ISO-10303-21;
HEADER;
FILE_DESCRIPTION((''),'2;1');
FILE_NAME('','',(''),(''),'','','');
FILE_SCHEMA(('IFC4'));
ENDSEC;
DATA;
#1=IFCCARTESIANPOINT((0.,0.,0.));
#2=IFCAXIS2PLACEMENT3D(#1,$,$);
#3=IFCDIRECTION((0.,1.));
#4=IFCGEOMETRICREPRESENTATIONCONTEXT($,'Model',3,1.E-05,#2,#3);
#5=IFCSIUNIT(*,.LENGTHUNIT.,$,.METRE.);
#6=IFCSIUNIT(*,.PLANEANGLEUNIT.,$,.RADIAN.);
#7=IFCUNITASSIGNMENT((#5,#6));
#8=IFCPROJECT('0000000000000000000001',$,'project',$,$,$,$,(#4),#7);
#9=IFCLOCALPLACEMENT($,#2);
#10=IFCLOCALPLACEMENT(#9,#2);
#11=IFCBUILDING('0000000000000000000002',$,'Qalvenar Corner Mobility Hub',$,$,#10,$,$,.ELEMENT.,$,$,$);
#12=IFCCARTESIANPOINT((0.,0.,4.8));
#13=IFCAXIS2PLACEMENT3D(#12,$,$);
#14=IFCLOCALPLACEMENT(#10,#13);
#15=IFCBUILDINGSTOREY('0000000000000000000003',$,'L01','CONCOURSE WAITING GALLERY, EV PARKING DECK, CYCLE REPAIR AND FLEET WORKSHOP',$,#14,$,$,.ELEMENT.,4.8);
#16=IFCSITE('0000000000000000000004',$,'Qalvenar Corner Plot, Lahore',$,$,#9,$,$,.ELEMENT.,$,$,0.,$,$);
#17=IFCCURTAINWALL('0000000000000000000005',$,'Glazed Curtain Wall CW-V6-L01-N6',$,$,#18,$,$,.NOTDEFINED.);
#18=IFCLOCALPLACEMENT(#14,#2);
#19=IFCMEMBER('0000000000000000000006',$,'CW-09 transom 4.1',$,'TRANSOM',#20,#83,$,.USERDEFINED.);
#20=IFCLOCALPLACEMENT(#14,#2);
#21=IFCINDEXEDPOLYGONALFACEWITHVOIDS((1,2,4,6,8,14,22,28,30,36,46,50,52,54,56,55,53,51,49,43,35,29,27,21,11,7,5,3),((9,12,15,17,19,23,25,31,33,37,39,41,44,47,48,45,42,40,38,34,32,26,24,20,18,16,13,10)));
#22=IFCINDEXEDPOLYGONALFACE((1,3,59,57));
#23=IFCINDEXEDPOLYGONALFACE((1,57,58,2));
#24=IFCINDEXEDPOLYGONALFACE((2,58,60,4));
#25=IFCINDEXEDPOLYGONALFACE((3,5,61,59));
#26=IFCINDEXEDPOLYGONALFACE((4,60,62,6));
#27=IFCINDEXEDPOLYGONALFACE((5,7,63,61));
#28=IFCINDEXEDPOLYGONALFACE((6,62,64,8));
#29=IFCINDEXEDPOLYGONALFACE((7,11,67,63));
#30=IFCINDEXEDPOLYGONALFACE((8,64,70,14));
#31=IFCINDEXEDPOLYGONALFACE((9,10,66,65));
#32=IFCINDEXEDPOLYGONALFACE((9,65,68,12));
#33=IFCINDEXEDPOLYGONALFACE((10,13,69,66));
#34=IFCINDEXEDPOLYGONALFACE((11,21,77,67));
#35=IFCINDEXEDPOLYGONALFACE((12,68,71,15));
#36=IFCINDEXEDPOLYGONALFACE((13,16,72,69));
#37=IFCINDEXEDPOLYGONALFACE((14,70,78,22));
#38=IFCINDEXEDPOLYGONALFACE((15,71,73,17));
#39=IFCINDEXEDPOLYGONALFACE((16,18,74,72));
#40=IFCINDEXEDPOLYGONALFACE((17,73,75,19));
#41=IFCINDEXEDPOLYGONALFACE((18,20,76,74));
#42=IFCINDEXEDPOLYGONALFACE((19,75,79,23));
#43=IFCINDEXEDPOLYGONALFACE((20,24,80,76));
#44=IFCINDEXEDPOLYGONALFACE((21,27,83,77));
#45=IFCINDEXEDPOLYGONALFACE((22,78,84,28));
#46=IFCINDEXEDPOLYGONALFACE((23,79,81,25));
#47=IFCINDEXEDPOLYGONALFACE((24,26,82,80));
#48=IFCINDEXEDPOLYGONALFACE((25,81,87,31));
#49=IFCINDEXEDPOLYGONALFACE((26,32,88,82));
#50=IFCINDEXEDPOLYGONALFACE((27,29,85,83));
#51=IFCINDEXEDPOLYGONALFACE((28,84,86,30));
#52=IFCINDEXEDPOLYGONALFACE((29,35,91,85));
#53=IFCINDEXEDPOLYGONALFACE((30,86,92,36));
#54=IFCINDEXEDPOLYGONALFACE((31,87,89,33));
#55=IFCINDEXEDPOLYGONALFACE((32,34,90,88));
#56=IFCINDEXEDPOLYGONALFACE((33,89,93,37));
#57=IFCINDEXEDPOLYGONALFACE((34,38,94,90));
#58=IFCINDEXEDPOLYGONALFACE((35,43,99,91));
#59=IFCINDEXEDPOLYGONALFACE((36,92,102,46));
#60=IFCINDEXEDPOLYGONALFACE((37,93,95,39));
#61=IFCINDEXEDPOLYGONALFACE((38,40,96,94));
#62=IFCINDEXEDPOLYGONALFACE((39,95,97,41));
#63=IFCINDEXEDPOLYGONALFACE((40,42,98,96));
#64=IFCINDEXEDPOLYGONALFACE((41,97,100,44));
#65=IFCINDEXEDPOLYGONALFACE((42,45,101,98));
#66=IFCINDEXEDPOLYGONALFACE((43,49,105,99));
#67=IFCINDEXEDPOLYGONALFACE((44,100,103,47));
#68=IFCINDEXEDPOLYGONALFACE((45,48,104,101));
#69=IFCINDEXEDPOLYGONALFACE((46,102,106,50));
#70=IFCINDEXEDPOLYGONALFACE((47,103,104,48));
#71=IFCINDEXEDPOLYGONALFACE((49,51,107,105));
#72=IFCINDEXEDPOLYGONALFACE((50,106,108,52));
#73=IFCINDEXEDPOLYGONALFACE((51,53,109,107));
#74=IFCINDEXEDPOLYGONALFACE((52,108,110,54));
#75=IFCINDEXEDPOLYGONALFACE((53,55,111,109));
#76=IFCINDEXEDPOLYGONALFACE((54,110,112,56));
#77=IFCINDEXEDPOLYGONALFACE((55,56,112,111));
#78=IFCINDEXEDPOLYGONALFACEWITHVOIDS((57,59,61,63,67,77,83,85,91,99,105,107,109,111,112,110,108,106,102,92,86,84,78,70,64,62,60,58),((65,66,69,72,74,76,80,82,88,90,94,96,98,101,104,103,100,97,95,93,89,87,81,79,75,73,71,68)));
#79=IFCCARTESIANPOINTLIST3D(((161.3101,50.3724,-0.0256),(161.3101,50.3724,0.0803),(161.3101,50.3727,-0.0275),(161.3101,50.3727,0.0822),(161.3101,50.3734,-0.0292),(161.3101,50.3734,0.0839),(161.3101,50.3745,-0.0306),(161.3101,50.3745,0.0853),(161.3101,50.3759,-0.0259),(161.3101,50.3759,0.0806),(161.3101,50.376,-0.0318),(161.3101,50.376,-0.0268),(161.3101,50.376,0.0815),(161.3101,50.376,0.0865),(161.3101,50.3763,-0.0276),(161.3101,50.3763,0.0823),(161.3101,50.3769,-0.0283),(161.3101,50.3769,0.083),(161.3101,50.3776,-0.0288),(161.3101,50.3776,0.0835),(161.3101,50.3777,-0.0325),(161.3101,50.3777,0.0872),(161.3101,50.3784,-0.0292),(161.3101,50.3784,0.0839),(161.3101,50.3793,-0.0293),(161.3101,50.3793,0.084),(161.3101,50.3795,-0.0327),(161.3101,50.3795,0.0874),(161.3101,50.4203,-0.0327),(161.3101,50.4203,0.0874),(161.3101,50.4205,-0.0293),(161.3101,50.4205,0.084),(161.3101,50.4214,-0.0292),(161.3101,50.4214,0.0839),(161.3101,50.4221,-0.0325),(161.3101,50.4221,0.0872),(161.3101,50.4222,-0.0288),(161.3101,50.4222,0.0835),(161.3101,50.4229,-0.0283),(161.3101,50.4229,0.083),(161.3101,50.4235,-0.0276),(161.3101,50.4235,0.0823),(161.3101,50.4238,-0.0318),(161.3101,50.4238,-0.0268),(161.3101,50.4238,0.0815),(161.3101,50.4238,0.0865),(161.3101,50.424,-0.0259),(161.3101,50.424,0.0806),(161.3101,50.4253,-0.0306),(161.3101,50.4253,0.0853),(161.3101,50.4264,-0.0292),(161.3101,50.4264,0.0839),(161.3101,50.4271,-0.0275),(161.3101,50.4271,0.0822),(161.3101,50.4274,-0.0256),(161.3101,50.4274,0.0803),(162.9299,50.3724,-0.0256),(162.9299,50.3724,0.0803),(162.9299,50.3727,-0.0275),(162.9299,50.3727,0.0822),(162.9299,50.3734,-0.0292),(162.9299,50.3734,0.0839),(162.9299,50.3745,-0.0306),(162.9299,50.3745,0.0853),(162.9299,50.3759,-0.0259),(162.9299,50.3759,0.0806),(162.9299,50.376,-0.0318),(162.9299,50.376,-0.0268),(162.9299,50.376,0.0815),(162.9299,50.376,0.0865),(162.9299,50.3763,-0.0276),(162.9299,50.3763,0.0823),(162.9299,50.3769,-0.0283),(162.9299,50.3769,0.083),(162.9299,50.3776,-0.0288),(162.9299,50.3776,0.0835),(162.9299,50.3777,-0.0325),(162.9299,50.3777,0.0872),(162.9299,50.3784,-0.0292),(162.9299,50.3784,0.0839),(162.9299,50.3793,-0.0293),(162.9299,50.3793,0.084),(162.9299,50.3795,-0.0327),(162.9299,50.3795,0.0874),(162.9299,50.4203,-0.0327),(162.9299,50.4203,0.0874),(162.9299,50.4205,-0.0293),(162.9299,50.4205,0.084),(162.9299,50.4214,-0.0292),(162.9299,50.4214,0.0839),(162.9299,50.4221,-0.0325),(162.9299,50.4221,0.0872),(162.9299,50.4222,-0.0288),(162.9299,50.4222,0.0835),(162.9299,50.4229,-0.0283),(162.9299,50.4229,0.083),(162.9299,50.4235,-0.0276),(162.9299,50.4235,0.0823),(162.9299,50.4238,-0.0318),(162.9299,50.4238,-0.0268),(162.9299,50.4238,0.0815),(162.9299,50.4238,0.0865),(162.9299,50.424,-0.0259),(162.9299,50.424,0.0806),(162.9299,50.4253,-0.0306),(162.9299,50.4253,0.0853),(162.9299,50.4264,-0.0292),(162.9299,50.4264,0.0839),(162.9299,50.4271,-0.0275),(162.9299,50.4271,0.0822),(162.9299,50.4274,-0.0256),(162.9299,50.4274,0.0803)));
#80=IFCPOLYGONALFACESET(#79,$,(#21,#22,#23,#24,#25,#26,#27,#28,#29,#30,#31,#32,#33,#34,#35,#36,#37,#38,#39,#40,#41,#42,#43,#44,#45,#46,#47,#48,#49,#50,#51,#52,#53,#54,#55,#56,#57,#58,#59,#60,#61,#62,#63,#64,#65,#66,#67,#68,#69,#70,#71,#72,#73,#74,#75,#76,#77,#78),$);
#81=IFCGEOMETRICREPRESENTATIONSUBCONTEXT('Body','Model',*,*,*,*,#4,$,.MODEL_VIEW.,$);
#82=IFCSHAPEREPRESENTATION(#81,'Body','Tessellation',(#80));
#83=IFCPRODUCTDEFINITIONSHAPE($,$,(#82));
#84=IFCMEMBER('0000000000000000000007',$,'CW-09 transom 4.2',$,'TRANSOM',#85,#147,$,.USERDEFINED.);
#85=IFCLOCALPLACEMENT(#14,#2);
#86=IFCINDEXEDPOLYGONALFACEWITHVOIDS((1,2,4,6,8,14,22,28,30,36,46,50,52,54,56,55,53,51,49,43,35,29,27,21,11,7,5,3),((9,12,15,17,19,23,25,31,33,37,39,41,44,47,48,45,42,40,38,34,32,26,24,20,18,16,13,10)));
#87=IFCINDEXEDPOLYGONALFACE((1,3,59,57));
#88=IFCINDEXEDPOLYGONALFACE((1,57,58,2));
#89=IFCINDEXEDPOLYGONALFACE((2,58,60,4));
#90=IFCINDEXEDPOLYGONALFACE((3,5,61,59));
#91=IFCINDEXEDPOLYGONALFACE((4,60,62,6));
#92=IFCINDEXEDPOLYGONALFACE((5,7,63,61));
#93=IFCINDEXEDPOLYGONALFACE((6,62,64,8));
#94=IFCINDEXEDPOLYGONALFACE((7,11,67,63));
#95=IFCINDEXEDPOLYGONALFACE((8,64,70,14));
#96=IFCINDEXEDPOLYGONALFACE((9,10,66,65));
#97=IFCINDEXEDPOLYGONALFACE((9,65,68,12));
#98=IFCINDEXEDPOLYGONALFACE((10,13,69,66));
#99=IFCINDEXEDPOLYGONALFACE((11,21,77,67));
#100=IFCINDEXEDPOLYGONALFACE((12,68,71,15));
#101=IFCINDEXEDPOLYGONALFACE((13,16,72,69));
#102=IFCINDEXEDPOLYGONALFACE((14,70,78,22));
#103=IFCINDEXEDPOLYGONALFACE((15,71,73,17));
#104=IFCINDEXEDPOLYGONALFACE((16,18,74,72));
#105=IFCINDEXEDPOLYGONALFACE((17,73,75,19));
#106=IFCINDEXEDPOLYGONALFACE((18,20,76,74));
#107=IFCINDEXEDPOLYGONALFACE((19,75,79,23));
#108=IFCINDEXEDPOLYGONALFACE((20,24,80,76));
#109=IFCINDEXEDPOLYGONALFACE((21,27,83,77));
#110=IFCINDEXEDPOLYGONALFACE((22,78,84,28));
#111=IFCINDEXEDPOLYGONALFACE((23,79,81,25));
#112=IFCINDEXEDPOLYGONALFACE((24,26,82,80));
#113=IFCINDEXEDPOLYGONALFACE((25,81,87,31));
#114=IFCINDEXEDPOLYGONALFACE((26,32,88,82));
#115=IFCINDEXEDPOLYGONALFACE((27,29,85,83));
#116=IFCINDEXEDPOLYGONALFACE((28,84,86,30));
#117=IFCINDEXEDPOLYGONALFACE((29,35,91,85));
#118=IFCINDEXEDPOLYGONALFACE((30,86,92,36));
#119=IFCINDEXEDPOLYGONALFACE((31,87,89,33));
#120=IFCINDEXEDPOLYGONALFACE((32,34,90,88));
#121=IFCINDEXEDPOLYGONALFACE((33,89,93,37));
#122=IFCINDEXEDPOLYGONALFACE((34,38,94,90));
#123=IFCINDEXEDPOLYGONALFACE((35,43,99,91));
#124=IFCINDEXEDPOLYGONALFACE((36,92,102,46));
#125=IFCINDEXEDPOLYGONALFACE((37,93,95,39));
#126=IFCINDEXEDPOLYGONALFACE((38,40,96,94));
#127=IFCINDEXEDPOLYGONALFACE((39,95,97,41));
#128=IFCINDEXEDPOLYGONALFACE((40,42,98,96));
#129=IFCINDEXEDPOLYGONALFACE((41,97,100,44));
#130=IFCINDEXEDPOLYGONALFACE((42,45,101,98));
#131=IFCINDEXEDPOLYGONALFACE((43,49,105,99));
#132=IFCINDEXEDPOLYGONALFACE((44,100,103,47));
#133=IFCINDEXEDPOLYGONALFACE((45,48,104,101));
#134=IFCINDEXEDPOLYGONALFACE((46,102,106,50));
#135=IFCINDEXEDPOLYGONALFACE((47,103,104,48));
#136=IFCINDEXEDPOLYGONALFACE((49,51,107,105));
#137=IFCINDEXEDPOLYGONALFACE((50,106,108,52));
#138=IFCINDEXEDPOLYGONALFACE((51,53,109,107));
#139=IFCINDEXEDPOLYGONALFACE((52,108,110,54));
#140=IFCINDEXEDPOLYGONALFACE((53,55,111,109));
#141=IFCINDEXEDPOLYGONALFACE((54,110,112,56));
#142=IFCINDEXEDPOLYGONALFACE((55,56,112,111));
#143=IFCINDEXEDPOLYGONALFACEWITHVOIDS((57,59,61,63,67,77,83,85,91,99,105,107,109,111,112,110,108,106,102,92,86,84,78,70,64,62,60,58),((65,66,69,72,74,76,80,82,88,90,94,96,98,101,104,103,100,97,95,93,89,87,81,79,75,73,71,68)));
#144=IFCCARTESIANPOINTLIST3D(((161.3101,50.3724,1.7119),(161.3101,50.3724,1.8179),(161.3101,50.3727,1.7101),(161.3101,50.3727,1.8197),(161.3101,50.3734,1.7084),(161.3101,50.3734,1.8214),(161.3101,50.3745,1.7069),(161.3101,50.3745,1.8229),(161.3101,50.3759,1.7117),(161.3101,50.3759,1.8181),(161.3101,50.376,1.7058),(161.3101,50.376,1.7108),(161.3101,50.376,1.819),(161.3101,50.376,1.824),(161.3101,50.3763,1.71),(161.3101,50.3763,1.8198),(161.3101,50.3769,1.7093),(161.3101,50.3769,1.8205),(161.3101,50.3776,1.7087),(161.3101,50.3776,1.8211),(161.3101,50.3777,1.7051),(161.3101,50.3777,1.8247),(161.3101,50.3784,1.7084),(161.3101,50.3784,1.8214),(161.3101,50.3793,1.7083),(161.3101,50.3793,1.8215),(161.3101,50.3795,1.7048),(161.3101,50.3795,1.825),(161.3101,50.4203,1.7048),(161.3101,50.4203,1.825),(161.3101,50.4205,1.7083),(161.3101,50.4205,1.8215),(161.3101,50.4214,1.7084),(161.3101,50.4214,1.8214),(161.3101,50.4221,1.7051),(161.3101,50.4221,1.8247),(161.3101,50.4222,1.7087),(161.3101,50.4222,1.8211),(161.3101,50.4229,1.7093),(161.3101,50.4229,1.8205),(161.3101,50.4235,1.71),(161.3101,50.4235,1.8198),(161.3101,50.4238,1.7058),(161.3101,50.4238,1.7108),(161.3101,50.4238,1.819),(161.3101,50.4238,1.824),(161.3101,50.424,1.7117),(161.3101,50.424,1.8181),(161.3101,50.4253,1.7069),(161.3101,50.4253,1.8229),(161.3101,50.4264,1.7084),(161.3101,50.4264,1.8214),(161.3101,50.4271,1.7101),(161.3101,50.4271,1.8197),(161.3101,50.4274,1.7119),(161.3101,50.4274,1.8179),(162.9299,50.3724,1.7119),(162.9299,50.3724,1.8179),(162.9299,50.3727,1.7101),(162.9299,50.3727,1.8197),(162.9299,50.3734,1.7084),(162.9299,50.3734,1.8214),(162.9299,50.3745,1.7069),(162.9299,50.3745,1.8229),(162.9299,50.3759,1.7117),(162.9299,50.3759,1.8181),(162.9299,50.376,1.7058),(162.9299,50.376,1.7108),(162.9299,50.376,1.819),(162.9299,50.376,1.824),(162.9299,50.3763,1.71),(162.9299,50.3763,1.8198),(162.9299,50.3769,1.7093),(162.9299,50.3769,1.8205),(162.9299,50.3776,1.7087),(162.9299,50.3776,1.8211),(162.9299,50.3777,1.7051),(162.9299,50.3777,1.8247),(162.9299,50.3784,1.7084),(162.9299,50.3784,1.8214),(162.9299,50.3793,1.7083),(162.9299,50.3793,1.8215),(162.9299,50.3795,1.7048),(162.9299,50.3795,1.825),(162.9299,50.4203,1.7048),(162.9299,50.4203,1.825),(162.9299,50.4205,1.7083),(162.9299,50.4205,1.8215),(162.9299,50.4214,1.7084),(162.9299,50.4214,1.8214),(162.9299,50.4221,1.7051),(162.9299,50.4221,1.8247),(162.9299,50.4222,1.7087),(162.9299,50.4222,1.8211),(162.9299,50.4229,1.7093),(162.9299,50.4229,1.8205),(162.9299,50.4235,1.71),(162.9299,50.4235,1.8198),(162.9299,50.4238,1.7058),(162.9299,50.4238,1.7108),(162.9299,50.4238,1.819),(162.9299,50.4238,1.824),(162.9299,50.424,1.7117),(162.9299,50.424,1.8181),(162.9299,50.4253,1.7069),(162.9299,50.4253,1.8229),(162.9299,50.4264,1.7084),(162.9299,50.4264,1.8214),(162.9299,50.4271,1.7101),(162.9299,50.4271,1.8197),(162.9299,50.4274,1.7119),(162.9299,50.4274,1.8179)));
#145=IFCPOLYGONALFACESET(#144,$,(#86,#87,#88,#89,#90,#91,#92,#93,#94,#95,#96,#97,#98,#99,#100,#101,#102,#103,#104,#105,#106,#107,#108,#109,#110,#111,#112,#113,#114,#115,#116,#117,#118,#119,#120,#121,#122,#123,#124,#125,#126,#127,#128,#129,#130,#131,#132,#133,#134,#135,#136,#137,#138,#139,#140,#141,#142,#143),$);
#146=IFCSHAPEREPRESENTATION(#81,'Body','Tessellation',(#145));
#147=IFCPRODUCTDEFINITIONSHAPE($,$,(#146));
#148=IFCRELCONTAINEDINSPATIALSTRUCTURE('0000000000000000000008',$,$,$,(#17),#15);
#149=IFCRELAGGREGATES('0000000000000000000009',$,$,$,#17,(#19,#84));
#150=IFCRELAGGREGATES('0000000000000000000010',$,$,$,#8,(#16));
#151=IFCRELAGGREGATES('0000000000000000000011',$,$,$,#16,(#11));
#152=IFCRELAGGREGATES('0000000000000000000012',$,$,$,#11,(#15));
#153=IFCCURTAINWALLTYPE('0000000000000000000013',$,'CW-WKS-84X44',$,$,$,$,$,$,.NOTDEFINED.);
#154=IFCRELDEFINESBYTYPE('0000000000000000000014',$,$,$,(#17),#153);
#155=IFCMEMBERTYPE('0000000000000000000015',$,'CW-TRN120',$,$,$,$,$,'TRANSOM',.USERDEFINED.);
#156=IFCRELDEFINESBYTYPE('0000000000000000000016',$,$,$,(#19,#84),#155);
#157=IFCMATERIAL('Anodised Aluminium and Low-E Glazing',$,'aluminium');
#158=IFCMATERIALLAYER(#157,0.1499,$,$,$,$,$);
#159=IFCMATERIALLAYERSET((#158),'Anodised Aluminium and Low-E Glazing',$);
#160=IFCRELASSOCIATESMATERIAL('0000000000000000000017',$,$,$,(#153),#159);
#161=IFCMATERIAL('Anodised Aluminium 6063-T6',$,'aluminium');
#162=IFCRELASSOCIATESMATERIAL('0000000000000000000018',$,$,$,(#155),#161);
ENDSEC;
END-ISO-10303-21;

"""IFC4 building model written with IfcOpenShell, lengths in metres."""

from ifc_helpers import new_model, si_unit, direction, frame, origin, origin_2d, place, context, subcontext, project, spatial, hollow_rectangle, extrude, material, layer, layer_set, material_profile, profile_set, type_object, element, aggregate, save


model = new_model("IFC4")

# Units and contexts
model_context = context("Model", 3, precision=1e-05, world=origin(), true_north=direction((0.0, 1.0)))
body_context = subcontext(model_context, "Body", "Model", "MODEL_VIEW")
ifc_project = project(units=[si_unit("LENGTHUNIT", "METRE"), si_unit("PLANEANGLEUNIT", "RADIAN")], contexts=[model_context])

# Site, building, storey
site_placement = place(None, origin())
site = spatial("IfcSite", under=ifc_project, at=site_placement, Name="Qalvenar Corner Plot, Lahore", CompositionType="ELEMENT", RefElevation=0.0)
building_placement = place(site_placement, origin())
building = spatial("IfcBuilding", under=site, at=building_placement, Name="Qalvenar Corner Mobility Hub", CompositionType="ELEMENT")
storey_placement = place(building_placement, frame((0.0, 0.0, 4.8)))
storey = spatial("IfcBuildingStorey", under=building, at=storey_placement, Name="L01", Description="CONCOURSE WAITING GALLERY, EV PARKING DECK, CYCLE REPAIR AND FLEET WORKSHOP", CompositionType="ELEMENT", Elevation=4.8)

# Curtain wall, members
ifc_material_1 = material(Name="Anodised Aluminium and Low-E Glazing", Category="aluminium")
ifc_layer_1 = layer(ifc_material_1, 0.1499)
ifc_layer_set_1 = layer_set([ifc_layer_1], Name="Anodised Aluminium and Low-E Glazing")
curtain_wall_type = type_object("IfcCurtainWallType", Name="CW-WKS-84X44", PredefinedType="NOTDEFINED", material=ifc_layer_set_1)
curtain_wall_placement = place(storey_placement, origin())
curtain_wall = element("IfcCurtainWall", 1, at=curtain_wall_placement, inside=storey, type_object=curtain_wall_type, Name="Glazed Curtain Wall CW-V6-L01-N6", PredefinedType="NOTDEFINED")
ifc_material_2 = material(Name="Anodised Aluminium 6063-T6", Category="aluminium")
ifc_material_profile_1 = material_profile(ifc_material_2, hollow_rectangle(XDim=0.0549, YDim=0.1201, WallThickness=0.0034, InnerFilletRadius=0.0034, OuterFilletRadius=0.0071, at=origin_2d()), Name="RHS120x55x3.5")
ifc_profile_set_1 = profile_set([ifc_material_profile_1], Name="Anodised Aluminium 6063-T6")
member_type_1 = type_object("IfcMemberType", Name="CW-TRN120", ElementType="TRANSOM", PredefinedType="USERDEFINED", material=ifc_profile_set_1)
member_1_placement = place(storey_placement, frame((162.9299, 50.3999, 0.0273), z_axis=(-1.0, 0.0, 0.0), x_axis=(0.0, -1.0, 0.0)))
member_1 = element("IfcMember", 2, at=member_1_placement, type_object=member_type_1, Name="CW-09 transom 4.1", ObjectType="TRANSOM", PredefinedType="USERDEFINED", context=body_context, shape_type="SweptSolid", body=[
    extrude(hollow_rectangle(XDim=0.0549, YDim=0.1201, WallThickness=0.0034, InnerFilletRadius=0.0034, OuterFilletRadius=0.0071, at=origin_2d()), origin(), (0.0, 0.0, 1.0), 1.6199),
])
member_2_placement = place(storey_placement, frame((162.9299, 50.3999, 1.7649), z_axis=(-1.0, 0.0, 0.0), x_axis=(0.0, -1.0, 0.0)))
member_2 = element("IfcMember", 3, at=member_2_placement, type_object=member_type_1, Name="CW-09 transom 4.2", ObjectType="TRANSOM", PredefinedType="USERDEFINED", context=body_context, shape_type="SweptSolid", body=[
    extrude(hollow_rectangle(XDim=0.0549, YDim=0.1201, WallThickness=0.0034, InnerFilletRadius=0.0034, OuterFilletRadius=0.0071, at=origin_2d()), origin(), (0.0, 0.0, 1.0), 1.6199),
])
aggregate(curtain_wall, [member_1, member_2])

save(model, "model.ifc")
